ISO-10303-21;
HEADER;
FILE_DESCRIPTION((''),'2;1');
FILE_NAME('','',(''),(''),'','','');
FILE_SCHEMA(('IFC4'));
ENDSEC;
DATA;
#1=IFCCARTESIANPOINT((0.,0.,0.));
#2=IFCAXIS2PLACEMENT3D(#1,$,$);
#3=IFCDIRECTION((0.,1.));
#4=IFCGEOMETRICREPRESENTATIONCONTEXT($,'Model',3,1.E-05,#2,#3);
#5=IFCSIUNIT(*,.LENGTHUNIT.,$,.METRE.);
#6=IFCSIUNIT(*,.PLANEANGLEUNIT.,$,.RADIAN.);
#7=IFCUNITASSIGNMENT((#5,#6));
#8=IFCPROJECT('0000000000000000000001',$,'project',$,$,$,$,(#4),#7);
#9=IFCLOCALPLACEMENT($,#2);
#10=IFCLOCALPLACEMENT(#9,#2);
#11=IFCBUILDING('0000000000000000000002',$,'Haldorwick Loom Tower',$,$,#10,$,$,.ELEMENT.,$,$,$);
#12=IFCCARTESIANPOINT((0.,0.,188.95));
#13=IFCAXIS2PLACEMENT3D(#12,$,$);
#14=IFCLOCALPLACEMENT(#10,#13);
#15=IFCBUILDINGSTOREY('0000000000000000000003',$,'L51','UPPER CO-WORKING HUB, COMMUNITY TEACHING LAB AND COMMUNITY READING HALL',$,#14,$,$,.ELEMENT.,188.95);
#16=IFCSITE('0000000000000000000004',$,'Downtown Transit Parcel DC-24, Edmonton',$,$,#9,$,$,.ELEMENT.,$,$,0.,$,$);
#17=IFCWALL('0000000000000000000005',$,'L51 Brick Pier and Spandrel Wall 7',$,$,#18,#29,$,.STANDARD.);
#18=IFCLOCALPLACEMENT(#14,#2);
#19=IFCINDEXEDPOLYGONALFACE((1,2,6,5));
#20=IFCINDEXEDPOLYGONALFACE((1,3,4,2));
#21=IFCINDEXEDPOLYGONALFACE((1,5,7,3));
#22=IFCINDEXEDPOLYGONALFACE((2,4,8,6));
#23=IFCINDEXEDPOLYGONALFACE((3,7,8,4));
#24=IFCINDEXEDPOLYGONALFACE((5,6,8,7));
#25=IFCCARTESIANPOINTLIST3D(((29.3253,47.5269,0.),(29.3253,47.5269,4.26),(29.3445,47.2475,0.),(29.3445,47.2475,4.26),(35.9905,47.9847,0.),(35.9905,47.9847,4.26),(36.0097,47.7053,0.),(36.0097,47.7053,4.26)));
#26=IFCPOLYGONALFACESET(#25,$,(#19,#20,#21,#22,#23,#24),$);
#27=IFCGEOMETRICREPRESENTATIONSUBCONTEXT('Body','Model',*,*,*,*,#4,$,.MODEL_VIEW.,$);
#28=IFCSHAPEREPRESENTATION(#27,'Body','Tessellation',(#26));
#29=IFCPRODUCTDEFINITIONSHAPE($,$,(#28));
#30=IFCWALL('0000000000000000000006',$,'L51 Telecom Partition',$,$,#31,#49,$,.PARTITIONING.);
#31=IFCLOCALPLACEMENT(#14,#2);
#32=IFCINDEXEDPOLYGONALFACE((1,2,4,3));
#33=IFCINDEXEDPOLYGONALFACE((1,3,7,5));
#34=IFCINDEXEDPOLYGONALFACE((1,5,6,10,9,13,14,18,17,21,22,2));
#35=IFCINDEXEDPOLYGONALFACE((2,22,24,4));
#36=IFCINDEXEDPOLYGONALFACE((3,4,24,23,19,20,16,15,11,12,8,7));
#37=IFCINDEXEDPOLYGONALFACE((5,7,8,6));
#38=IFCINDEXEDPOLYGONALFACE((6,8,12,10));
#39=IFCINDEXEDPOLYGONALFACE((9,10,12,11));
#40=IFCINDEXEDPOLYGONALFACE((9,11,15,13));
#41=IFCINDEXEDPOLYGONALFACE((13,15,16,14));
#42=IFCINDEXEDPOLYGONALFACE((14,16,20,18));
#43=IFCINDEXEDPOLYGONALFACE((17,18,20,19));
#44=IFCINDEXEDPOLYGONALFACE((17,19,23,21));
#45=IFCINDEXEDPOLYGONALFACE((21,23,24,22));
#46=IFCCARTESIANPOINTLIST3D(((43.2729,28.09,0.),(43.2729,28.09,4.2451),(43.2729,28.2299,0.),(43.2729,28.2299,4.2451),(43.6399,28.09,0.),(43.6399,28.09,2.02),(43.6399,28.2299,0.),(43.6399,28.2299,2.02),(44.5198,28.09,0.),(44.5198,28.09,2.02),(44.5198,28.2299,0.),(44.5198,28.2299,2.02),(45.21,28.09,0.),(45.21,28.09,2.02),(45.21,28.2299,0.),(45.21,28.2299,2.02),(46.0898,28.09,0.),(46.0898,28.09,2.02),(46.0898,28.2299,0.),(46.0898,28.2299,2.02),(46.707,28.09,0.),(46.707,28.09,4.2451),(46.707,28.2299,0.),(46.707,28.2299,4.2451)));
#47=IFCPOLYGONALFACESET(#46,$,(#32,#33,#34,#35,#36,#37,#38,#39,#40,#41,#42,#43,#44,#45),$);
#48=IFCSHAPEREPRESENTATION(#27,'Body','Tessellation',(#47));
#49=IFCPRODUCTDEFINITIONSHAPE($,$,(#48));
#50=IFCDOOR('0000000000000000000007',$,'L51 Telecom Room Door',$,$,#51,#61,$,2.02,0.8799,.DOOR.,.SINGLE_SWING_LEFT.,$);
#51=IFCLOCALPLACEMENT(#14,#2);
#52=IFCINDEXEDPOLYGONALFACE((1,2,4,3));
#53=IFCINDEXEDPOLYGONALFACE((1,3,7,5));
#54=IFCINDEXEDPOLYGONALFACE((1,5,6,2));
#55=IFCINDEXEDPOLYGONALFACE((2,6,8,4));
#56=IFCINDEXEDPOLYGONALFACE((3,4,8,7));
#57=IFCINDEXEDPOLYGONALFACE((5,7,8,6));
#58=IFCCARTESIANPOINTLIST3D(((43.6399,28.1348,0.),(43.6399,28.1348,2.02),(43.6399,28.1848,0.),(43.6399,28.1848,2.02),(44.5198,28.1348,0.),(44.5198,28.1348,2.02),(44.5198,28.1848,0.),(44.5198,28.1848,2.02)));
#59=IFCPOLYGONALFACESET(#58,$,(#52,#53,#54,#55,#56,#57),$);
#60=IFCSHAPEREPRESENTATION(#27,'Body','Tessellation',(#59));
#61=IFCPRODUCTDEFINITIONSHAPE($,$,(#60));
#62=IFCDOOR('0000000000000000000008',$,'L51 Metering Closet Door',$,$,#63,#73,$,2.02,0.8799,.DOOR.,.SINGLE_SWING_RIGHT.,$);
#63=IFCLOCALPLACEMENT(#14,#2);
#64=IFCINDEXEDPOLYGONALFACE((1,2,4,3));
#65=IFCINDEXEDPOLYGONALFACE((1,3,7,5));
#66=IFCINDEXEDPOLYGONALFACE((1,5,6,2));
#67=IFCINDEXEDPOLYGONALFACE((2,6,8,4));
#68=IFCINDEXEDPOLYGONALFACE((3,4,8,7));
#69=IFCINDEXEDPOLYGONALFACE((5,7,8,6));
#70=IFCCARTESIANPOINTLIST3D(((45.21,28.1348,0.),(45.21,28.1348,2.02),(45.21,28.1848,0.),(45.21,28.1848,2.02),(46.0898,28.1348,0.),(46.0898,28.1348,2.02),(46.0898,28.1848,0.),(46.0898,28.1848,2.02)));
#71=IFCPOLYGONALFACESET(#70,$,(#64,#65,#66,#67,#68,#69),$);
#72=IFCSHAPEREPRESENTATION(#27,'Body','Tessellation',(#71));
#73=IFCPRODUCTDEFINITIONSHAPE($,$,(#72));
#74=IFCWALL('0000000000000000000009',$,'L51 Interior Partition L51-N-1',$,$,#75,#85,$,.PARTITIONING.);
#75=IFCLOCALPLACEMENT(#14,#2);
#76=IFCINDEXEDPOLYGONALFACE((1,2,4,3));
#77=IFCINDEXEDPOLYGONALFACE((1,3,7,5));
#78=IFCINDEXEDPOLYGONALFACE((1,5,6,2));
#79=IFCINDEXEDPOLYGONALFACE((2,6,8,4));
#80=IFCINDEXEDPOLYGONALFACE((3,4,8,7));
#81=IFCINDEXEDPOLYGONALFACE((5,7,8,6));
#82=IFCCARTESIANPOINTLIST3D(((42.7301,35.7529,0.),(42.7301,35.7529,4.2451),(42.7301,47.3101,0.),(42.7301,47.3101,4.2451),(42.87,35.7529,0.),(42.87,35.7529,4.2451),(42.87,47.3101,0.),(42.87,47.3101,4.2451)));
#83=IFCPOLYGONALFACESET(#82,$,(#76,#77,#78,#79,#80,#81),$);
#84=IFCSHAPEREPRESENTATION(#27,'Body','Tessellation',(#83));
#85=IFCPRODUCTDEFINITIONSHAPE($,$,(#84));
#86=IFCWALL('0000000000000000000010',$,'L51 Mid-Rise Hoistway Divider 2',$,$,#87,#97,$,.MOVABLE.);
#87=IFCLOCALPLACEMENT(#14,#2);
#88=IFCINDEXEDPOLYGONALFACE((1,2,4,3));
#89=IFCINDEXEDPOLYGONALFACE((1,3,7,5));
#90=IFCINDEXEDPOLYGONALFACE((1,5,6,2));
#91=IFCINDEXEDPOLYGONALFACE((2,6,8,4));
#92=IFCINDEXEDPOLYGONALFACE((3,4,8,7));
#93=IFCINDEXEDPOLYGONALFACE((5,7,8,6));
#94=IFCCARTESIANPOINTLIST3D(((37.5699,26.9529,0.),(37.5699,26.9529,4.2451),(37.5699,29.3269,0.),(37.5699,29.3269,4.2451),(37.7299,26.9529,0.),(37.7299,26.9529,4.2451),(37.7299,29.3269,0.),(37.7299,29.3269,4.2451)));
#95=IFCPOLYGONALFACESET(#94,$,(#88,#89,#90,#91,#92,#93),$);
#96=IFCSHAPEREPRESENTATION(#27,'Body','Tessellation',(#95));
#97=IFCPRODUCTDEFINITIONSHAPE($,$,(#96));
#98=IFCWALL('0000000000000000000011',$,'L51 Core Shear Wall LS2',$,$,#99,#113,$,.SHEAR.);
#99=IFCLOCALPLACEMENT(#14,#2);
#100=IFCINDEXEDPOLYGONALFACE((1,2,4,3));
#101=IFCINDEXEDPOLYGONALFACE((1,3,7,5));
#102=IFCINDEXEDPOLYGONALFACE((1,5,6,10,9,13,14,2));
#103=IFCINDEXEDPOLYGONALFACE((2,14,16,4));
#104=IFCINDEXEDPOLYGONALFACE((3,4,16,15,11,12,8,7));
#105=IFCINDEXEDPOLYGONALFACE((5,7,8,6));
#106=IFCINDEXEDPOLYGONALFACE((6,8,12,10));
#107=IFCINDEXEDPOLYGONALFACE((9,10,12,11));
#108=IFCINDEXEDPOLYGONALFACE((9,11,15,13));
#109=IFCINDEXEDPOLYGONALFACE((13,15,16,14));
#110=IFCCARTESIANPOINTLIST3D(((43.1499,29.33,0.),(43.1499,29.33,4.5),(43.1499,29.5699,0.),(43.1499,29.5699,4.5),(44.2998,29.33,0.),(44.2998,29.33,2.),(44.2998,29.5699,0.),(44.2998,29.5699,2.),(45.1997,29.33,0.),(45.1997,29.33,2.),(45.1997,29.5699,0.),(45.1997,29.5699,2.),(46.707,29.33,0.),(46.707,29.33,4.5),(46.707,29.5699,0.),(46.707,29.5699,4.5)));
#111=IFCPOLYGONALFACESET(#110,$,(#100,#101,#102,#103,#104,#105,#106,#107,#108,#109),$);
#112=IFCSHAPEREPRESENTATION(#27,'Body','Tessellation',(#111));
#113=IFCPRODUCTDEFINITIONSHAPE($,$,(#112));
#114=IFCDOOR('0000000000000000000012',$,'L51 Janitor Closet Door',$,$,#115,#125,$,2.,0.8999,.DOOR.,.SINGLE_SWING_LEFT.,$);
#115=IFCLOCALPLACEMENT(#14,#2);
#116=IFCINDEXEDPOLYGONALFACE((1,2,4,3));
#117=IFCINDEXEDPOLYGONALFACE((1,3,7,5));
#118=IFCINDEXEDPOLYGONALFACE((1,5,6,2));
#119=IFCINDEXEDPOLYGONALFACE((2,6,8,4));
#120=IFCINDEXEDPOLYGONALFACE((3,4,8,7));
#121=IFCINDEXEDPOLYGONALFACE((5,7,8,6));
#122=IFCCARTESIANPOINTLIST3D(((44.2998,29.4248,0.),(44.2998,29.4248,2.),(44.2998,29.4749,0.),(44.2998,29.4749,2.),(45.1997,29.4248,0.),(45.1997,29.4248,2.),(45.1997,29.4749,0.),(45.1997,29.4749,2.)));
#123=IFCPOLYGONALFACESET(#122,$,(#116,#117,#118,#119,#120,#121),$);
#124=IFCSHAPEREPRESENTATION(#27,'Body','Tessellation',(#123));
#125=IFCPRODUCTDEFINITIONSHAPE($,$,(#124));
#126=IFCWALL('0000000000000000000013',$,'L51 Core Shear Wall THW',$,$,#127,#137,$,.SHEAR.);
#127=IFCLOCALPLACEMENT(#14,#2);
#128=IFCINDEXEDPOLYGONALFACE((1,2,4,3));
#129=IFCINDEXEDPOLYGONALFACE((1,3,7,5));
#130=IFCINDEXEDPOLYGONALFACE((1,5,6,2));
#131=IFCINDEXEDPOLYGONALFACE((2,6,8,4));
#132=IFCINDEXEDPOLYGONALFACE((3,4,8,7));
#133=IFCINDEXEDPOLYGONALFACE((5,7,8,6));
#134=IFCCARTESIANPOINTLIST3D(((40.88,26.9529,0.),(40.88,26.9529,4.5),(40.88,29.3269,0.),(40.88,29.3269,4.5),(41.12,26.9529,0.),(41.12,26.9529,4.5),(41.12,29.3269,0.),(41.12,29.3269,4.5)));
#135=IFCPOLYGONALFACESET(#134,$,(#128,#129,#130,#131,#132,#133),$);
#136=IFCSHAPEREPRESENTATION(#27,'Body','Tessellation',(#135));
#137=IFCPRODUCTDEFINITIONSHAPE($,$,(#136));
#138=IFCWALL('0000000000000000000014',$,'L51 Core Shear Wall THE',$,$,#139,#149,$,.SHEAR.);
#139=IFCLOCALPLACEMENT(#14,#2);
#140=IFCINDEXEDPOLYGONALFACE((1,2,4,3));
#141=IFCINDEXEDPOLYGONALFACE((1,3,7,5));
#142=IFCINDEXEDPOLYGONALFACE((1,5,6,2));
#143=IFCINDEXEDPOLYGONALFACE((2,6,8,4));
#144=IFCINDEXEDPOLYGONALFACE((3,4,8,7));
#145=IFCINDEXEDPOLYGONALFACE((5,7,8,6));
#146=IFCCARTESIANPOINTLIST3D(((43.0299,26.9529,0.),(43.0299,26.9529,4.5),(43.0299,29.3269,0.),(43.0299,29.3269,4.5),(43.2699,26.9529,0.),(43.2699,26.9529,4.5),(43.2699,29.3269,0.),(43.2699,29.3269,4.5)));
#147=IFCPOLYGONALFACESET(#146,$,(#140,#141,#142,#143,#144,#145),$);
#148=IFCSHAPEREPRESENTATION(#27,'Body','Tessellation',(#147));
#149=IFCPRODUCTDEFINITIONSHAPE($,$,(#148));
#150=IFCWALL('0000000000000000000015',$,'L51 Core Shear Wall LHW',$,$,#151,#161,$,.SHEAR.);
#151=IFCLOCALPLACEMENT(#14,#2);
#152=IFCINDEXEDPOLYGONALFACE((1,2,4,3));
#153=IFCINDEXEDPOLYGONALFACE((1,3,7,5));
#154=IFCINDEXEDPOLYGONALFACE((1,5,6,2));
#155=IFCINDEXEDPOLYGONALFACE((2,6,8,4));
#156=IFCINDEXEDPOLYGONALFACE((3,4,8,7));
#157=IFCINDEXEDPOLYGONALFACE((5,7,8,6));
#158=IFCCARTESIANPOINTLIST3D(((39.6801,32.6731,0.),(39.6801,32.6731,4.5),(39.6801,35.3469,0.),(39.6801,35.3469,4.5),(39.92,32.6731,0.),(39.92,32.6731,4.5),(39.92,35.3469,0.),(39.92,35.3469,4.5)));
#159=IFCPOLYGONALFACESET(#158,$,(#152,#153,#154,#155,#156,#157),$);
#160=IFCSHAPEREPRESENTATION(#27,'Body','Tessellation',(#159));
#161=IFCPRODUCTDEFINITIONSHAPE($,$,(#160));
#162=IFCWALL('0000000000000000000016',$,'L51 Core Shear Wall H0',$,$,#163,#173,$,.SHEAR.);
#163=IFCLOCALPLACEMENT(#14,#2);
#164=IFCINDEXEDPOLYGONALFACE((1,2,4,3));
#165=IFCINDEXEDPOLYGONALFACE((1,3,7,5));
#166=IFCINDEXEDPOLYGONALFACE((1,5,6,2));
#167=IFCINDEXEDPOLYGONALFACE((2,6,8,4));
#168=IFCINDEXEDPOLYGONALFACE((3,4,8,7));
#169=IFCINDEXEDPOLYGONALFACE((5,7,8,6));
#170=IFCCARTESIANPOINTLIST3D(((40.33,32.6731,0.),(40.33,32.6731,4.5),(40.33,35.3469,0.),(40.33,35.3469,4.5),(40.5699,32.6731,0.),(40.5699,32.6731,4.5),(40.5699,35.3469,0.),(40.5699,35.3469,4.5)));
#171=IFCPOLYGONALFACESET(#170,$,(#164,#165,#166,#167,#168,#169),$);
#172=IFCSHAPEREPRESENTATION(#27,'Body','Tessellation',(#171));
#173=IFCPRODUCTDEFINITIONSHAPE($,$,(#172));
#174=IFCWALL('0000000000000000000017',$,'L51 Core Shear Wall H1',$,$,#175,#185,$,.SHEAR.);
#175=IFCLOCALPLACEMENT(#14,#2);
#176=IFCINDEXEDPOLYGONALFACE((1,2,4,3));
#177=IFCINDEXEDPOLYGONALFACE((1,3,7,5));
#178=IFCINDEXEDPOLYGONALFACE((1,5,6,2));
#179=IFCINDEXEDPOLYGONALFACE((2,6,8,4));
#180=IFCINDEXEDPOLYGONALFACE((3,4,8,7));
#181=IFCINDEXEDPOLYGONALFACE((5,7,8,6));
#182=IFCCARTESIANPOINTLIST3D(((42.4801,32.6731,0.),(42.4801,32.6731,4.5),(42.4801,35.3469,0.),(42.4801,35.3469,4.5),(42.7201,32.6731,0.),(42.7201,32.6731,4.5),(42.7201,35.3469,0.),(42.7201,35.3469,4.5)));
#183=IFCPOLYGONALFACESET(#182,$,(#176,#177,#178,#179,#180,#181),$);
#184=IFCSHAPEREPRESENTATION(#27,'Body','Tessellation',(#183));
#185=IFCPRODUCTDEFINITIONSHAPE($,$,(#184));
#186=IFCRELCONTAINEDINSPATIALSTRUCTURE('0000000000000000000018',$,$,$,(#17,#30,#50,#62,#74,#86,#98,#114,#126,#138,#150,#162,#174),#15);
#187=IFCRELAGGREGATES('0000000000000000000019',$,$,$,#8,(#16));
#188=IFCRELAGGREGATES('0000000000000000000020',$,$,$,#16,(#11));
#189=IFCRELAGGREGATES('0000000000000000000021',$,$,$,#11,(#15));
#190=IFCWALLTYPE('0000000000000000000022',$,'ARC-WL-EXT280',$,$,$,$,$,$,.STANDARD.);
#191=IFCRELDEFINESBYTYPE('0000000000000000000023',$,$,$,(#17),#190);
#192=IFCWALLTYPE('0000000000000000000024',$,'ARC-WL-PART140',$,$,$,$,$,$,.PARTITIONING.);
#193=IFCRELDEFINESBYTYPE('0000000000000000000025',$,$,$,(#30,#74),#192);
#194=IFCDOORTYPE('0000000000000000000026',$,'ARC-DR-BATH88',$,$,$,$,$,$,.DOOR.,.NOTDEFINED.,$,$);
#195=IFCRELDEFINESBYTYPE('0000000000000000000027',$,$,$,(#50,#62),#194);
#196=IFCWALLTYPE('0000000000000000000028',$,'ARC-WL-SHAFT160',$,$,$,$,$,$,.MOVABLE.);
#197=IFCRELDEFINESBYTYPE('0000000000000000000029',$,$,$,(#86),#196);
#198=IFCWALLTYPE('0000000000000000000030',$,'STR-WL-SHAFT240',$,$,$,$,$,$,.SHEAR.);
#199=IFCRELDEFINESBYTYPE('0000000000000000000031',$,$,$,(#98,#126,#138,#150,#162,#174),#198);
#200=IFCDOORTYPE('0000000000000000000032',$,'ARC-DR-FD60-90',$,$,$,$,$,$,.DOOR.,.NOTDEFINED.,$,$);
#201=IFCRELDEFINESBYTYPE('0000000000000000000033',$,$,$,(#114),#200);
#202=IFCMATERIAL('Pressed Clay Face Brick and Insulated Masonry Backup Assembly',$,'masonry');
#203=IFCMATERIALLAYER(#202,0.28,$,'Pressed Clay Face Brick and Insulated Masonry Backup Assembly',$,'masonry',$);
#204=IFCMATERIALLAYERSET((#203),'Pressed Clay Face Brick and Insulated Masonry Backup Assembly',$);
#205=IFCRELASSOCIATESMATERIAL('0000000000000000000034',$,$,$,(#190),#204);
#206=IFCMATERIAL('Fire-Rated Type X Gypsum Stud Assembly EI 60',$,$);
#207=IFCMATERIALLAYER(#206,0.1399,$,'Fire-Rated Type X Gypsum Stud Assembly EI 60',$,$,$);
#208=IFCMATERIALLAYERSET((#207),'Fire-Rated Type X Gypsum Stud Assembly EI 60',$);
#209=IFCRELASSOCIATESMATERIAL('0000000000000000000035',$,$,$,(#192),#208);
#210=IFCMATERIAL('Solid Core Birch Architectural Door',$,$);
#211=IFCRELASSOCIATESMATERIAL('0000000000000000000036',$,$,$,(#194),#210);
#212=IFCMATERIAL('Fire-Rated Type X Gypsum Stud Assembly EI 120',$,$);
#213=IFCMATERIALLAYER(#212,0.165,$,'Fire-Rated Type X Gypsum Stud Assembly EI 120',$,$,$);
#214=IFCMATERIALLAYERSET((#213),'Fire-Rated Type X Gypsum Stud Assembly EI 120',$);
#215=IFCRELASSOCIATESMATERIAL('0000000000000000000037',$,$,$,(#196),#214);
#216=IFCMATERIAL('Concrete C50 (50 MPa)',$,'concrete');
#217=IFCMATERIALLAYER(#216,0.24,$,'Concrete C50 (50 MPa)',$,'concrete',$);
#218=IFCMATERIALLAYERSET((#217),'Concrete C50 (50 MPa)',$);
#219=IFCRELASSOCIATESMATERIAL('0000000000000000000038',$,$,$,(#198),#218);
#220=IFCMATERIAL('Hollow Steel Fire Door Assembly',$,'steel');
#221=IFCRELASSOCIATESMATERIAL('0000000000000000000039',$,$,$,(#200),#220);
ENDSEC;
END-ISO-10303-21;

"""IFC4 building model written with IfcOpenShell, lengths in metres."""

from ifc_helpers import new_model, si_unit, direction, frame, frame_2d, origin, place, context, subcontext, project, spatial, rectangle, extrude, material, layer, layer_set, type_object, element, fill, save


model = new_model("IFC4")

# Units and contexts
model_context = context("Model", 3, precision=1e-05, world=origin(), true_north=direction((0.0, 1.0)))
body_context = subcontext(model_context, "Body", "Model", "MODEL_VIEW")
ifc_project = project(units=[si_unit("LENGTHUNIT", "METRE"), si_unit("PLANEANGLEUNIT", "RADIAN")], contexts=[model_context])

# Site, building, storey
site_placement = place(None, origin())
site = spatial("IfcSite", under=ifc_project, at=site_placement, Name="Downtown Transit Parcel DC-24, Edmonton", CompositionType="ELEMENT", RefElevation=0.0)
building_placement = place(site_placement, origin())
building = spatial("IfcBuilding", under=site, at=building_placement, Name="Haldorwick Loom Tower", CompositionType="ELEMENT")
storey_placement = place(building_placement, frame((0.0, 0.0, 188.95)))
storey = spatial("IfcBuildingStorey", under=building, at=storey_placement, Name="L51", Description="UPPER CO-WORKING HUB, COMMUNITY TEACHING LAB AND COMMUNITY READING HALL", CompositionType="ELEMENT", Elevation=188.95)

# Shared definitions
ifc_material_1 = material(Name="Concrete C50 (50 MPa)", Category="concrete")

# Shared definitions
ifc_material_2 = material(Name="Pressed Clay Face Brick and Insulated Masonry Backup Assembly", Category="masonry")
ifc_layer_1 = layer(ifc_material_2, 0.28, Name="Pressed Clay Face Brick and Insulated Masonry Backup Assembly", Category="masonry")
ifc_layer_set_1 = layer_set([ifc_layer_1], Name="Pressed Clay Face Brick and Insulated Masonry Backup Assembly")
wall_type_1 = type_object("IfcWallType", Name="ARC-WL-EXT280", PredefinedType="STANDARD", material=ifc_layer_set_1)

# Wall
wall_1_placement = place(storey_placement, frame((36.0, 47.845, 0.0), z_axis=(0.0, 0.0, 1.0), x_axis=(-0.99765, -0.068517, 0.0)))
element("IfcWall", 1, at=wall_1_placement, inside=storey, type_object=wall_type_1, Name="L51 Brick Pier and Spandrel Wall 7", PredefinedType="STANDARD", context=body_context, shape_type="SweptSolid", body=[
    extrude(rectangle(XDim=6.6809, YDim=0.28, at=frame_2d((3.3403, 0.0))), origin(), (0.0, 0.0, 1.0), 4.26),
])

# Wall, openings, doors
ifc_material_3 = material(Name="Fire-Rated Type X Gypsum Stud Assembly EI 60")
ifc_layer_2 = layer(ifc_material_3, 0.1399, Name="Fire-Rated Type X Gypsum Stud Assembly EI 60")
ifc_layer_set_2 = layer_set([ifc_layer_2], Name="Fire-Rated Type X Gypsum Stud Assembly EI 60")
wall_type_2 = type_object("IfcWallType", Name="ARC-WL-PART140", PredefinedType="PARTITIONING", material=ifc_layer_set_2)
wall_2_placement = place(storey_placement, frame((43.2729, 28.1599, 0.0), z_axis=(0.0, 0.0, 1.0), x_axis=(1.0, 0.0, 0.0)))
wall_2 = element("IfcWall", 2, at=wall_2_placement, inside=storey, type_object=wall_type_2, Name="L51 Telecom Partition", PredefinedType="PARTITIONING", context=body_context, shape_type="SweptSolid", body=[
    extrude(rectangle(XDim=3.4341, YDim=0.1399, at=frame_2d((1.717, 0.0))), origin(), (0.0, 0.0, 1.0), 4.2451),
])
opening_1_placement = place(wall_2_placement, frame((0.3669, 0.0, 0.0)))
opening_1 = element("IfcOpeningElement", 3, at=opening_1_placement, cuts=wall_2, PredefinedType="OPENING", context=body_context, shape_type="SweptSolid", body=[
    extrude(rectangle(XDim=0.8799, YDim=2.02, at=frame_2d((0.4399, 1.01))), frame((0.0, 0.0798, 0.0), z_axis=(0.0, -1.0, 0.0), x_axis=(1.0, 0.0, 0.0)), (0.0, 0.0, 1.0), 0.1599),
])
opening_2_placement = place(wall_2_placement, frame((1.937, 0.0, 0.0)))
opening_2 = element("IfcOpeningElement", 4, at=opening_2_placement, cuts=wall_2, PredefinedType="OPENING", context=body_context, shape_type="SweptSolid", body=[
    extrude(rectangle(XDim=0.8799, YDim=2.02, at=frame_2d((0.4399, 1.01))), frame((0.0, 0.0798, 0.0), z_axis=(0.0, -1.0, 0.0), x_axis=(1.0, 0.0, 0.0)), (0.0, 0.0, 1.0), 0.1599),
])
ifc_material_4 = material(Name="Solid Core Birch Architectural Door")
door_type_1 = type_object("IfcDoorType", Name="ARC-DR-BATH88", OperationType="NOTDEFINED", PredefinedType="DOOR", material=ifc_material_4)
door_1_placement = place(opening_1_placement, origin())
door_1 = element("IfcDoor", 5, at=door_1_placement, inside=storey, type_object=door_type_1, Name="L51 Telecom Room Door", OperationType="SINGLE_SWING_LEFT", OverallHeight=2.02, OverallWidth=0.8799, PredefinedType="DOOR", context=body_context, shape_type="SweptSolid", body=[
    extrude(rectangle(XDim=0.8799, YDim=2.02, at=frame_2d((0.4399, 1.01))), frame((0.0, 0.0249, 0.0), z_axis=(0.0, -1.0, 0.0), x_axis=(1.0, 0.0, 0.0)), (0.0, 0.0, 1.0), 0.05),
])
fill(opening_1, door_1)
door_2_placement = place(opening_2_placement, origin())
door_2 = element("IfcDoor", 6, at=door_2_placement, inside=storey, type_object=door_type_1, Name="L51 Metering Closet Door", OperationType="SINGLE_SWING_RIGHT", OverallHeight=2.02, OverallWidth=0.8799, PredefinedType="DOOR", context=body_context, shape_type="SweptSolid", body=[
    extrude(rectangle(XDim=0.8799, YDim=2.02, at=frame_2d((0.4399, 1.01))), frame((0.0, 0.0249, 0.0), z_axis=(0.0, -1.0, 0.0), x_axis=(1.0, 0.0, 0.0)), (0.0, 0.0, 1.0), 0.05),
])
fill(opening_2, door_2)

# Walls
wall_3_placement = place(storey_placement, frame((42.8, 35.7529, 0.0), z_axis=(0.0, 0.0, 1.0), x_axis=(0.0, 1.0, 0.0)))
element("IfcWall", 7, at=wall_3_placement, inside=storey, type_object=wall_type_2, Name="L51 Interior Partition L51-N-1", PredefinedType="PARTITIONING", context=body_context, shape_type="SweptSolid", body=[
    extrude(rectangle(XDim=11.5571, YDim=0.1399, at=frame_2d((5.7786, 0.0))), origin(), (0.0, 0.0, 1.0), 4.2451),
])
ifc_material_5 = material(Name="Fire-Rated Type X Gypsum Stud Assembly EI 120")
ifc_layer_3 = layer(ifc_material_5, 0.165, Name="Fire-Rated Type X Gypsum Stud Assembly EI 120")
ifc_layer_set_3 = layer_set([ifc_layer_3], Name="Fire-Rated Type X Gypsum Stud Assembly EI 120")
wall_type_3 = type_object("IfcWallType", Name="ARC-WL-SHAFT160", PredefinedType="MOVABLE", material=ifc_layer_set_3)
wall_4_placement = place(storey_placement, frame((37.6499, 26.9529, 0.0), z_axis=(0.0, 0.0, 1.0), x_axis=(0.0, 1.0, 0.0)))
element("IfcWall", 8, at=wall_4_placement, inside=storey, type_object=wall_type_3, Name="L51 Mid-Rise Hoistway Divider 2", PredefinedType="MOVABLE", context=body_context, shape_type="SweptSolid", body=[
    extrude(rectangle(XDim=2.374, YDim=0.1599, at=frame_2d((1.187, 0.0))), origin(), (0.0, 0.0, 1.0), 4.2451),
])

# Wall, opening, door
ifc_layer_4 = layer(ifc_material_1, 0.24, Name="Concrete C50 (50 MPa)", Category="concrete")
ifc_layer_set_4 = layer_set([ifc_layer_4], Name="Concrete C50 (50 MPa)")
wall_type_4 = type_object("IfcWallType", Name="STR-WL-SHAFT240", PredefinedType="SHEAR", material=ifc_layer_set_4)
wall_5_placement = place(storey_placement, frame((43.1499, 29.45, 0.0), z_axis=(0.0, 0.0, 1.0), x_axis=(1.0, 0.0, 0.0)))
wall_5 = element("IfcWall", 9, at=wall_5_placement, inside=storey, type_object=wall_type_4, Name="L51 Core Shear Wall LS2", PredefinedType="SHEAR", context=body_context, shape_type="SweptSolid", body=[
    extrude(rectangle(XDim=3.5571, YDim=0.24, at=frame_2d((1.7786, 0.0))), origin(), (0.0, 0.0, 1.0), 4.5),
])
opening_3_placement = place(wall_5_placement, frame((1.1499, 0.0, 0.0)))
opening_3 = element("IfcOpeningElement", 10, at=opening_3_placement, cuts=wall_5, PredefinedType="OPENING", context=body_context, shape_type="SweptSolid", body=[
    extrude(rectangle(XDim=0.8999, YDim=2.0, at=frame_2d((0.45, 1.0))), frame((0.0, 0.1299, 0.0), z_axis=(0.0, -1.0, 0.0), x_axis=(1.0, 0.0, 0.0)), (0.0, 0.0, 1.0), 0.26),
])
ifc_material_6 = material(Name="Hollow Steel Fire Door Assembly", Category="steel")
door_type_2 = type_object("IfcDoorType", Name="ARC-DR-FD60-90", OperationType="NOTDEFINED", PredefinedType="DOOR", material=ifc_material_6)
door_3_placement = place(opening_3_placement, origin())
door_3 = element("IfcDoor", 11, at=door_3_placement, inside=storey, type_object=door_type_2, Name="L51 Janitor Closet Door", OperationType="SINGLE_SWING_LEFT", OverallHeight=2.0, OverallWidth=0.8999, PredefinedType="DOOR", context=body_context, shape_type="SweptSolid", body=[
    extrude(rectangle(XDim=0.8999, YDim=2.0, at=frame_2d((0.45, 1.0))), frame((0.0, 0.0249, 0.0), z_axis=(0.0, -1.0, 0.0), x_axis=(1.0, 0.0, 0.0)), (0.0, 0.0, 1.0), 0.05),
])
fill(opening_3, door_3)

# Walls
for number, where, z_axis, x_axis, name in (
    (12, (41.0, 26.9529, 0.0), (0.0, 0.0, 1.0), (0.0, 1.0, 0.0), "L51 Core Shear Wall THW"),
    (13, (43.1499, 26.9529, 0.0), (0.0, 0.0, 1.0), (0.0, 1.0, 0.0), "L51 Core Shear Wall THE"),
):
    element("IfcWall", number, at=place(storey_placement, frame(where, z_axis=z_axis, x_axis=x_axis)), inside=storey, type_object=wall_type_4, Name=name, PredefinedType="SHEAR", context=body_context, shape_type="SweptSolid", body=[
        extrude(rectangle(XDim=2.374, YDim=0.24, at=frame_2d((1.187, 0.0))), origin(), (0.0, 0.0, 1.0), 4.5),
    ])
for number, where, z_axis, x_axis, name in (
    (14, (39.8, 32.6731, 0.0), (0.0, 0.0, 1.0), (0.0, 1.0, 0.0), "L51 Core Shear Wall LHW"),
    (15, (40.45, 32.6731, 0.0), (0.0, 0.0, 1.0), (0.0, 1.0, 0.0), "L51 Core Shear Wall H0"),
    (16, (42.6001, 32.6731, 0.0), (0.0, 0.0, 1.0), (0.0, 1.0, 0.0), "L51 Core Shear Wall H1"),
):
    element("IfcWall", number, at=place(storey_placement, frame(where, z_axis=z_axis, x_axis=x_axis)), inside=storey, type_object=wall_type_4, Name=name, PredefinedType="SHEAR", context=body_context, shape_type="SweptSolid", body=[
        extrude(rectangle(XDim=2.6738, YDim=0.24, at=frame_2d((1.3369, 0.0))), origin(), (0.0, 0.0, 1.0), 4.5),
    ])

save(model, "model.ifc")
